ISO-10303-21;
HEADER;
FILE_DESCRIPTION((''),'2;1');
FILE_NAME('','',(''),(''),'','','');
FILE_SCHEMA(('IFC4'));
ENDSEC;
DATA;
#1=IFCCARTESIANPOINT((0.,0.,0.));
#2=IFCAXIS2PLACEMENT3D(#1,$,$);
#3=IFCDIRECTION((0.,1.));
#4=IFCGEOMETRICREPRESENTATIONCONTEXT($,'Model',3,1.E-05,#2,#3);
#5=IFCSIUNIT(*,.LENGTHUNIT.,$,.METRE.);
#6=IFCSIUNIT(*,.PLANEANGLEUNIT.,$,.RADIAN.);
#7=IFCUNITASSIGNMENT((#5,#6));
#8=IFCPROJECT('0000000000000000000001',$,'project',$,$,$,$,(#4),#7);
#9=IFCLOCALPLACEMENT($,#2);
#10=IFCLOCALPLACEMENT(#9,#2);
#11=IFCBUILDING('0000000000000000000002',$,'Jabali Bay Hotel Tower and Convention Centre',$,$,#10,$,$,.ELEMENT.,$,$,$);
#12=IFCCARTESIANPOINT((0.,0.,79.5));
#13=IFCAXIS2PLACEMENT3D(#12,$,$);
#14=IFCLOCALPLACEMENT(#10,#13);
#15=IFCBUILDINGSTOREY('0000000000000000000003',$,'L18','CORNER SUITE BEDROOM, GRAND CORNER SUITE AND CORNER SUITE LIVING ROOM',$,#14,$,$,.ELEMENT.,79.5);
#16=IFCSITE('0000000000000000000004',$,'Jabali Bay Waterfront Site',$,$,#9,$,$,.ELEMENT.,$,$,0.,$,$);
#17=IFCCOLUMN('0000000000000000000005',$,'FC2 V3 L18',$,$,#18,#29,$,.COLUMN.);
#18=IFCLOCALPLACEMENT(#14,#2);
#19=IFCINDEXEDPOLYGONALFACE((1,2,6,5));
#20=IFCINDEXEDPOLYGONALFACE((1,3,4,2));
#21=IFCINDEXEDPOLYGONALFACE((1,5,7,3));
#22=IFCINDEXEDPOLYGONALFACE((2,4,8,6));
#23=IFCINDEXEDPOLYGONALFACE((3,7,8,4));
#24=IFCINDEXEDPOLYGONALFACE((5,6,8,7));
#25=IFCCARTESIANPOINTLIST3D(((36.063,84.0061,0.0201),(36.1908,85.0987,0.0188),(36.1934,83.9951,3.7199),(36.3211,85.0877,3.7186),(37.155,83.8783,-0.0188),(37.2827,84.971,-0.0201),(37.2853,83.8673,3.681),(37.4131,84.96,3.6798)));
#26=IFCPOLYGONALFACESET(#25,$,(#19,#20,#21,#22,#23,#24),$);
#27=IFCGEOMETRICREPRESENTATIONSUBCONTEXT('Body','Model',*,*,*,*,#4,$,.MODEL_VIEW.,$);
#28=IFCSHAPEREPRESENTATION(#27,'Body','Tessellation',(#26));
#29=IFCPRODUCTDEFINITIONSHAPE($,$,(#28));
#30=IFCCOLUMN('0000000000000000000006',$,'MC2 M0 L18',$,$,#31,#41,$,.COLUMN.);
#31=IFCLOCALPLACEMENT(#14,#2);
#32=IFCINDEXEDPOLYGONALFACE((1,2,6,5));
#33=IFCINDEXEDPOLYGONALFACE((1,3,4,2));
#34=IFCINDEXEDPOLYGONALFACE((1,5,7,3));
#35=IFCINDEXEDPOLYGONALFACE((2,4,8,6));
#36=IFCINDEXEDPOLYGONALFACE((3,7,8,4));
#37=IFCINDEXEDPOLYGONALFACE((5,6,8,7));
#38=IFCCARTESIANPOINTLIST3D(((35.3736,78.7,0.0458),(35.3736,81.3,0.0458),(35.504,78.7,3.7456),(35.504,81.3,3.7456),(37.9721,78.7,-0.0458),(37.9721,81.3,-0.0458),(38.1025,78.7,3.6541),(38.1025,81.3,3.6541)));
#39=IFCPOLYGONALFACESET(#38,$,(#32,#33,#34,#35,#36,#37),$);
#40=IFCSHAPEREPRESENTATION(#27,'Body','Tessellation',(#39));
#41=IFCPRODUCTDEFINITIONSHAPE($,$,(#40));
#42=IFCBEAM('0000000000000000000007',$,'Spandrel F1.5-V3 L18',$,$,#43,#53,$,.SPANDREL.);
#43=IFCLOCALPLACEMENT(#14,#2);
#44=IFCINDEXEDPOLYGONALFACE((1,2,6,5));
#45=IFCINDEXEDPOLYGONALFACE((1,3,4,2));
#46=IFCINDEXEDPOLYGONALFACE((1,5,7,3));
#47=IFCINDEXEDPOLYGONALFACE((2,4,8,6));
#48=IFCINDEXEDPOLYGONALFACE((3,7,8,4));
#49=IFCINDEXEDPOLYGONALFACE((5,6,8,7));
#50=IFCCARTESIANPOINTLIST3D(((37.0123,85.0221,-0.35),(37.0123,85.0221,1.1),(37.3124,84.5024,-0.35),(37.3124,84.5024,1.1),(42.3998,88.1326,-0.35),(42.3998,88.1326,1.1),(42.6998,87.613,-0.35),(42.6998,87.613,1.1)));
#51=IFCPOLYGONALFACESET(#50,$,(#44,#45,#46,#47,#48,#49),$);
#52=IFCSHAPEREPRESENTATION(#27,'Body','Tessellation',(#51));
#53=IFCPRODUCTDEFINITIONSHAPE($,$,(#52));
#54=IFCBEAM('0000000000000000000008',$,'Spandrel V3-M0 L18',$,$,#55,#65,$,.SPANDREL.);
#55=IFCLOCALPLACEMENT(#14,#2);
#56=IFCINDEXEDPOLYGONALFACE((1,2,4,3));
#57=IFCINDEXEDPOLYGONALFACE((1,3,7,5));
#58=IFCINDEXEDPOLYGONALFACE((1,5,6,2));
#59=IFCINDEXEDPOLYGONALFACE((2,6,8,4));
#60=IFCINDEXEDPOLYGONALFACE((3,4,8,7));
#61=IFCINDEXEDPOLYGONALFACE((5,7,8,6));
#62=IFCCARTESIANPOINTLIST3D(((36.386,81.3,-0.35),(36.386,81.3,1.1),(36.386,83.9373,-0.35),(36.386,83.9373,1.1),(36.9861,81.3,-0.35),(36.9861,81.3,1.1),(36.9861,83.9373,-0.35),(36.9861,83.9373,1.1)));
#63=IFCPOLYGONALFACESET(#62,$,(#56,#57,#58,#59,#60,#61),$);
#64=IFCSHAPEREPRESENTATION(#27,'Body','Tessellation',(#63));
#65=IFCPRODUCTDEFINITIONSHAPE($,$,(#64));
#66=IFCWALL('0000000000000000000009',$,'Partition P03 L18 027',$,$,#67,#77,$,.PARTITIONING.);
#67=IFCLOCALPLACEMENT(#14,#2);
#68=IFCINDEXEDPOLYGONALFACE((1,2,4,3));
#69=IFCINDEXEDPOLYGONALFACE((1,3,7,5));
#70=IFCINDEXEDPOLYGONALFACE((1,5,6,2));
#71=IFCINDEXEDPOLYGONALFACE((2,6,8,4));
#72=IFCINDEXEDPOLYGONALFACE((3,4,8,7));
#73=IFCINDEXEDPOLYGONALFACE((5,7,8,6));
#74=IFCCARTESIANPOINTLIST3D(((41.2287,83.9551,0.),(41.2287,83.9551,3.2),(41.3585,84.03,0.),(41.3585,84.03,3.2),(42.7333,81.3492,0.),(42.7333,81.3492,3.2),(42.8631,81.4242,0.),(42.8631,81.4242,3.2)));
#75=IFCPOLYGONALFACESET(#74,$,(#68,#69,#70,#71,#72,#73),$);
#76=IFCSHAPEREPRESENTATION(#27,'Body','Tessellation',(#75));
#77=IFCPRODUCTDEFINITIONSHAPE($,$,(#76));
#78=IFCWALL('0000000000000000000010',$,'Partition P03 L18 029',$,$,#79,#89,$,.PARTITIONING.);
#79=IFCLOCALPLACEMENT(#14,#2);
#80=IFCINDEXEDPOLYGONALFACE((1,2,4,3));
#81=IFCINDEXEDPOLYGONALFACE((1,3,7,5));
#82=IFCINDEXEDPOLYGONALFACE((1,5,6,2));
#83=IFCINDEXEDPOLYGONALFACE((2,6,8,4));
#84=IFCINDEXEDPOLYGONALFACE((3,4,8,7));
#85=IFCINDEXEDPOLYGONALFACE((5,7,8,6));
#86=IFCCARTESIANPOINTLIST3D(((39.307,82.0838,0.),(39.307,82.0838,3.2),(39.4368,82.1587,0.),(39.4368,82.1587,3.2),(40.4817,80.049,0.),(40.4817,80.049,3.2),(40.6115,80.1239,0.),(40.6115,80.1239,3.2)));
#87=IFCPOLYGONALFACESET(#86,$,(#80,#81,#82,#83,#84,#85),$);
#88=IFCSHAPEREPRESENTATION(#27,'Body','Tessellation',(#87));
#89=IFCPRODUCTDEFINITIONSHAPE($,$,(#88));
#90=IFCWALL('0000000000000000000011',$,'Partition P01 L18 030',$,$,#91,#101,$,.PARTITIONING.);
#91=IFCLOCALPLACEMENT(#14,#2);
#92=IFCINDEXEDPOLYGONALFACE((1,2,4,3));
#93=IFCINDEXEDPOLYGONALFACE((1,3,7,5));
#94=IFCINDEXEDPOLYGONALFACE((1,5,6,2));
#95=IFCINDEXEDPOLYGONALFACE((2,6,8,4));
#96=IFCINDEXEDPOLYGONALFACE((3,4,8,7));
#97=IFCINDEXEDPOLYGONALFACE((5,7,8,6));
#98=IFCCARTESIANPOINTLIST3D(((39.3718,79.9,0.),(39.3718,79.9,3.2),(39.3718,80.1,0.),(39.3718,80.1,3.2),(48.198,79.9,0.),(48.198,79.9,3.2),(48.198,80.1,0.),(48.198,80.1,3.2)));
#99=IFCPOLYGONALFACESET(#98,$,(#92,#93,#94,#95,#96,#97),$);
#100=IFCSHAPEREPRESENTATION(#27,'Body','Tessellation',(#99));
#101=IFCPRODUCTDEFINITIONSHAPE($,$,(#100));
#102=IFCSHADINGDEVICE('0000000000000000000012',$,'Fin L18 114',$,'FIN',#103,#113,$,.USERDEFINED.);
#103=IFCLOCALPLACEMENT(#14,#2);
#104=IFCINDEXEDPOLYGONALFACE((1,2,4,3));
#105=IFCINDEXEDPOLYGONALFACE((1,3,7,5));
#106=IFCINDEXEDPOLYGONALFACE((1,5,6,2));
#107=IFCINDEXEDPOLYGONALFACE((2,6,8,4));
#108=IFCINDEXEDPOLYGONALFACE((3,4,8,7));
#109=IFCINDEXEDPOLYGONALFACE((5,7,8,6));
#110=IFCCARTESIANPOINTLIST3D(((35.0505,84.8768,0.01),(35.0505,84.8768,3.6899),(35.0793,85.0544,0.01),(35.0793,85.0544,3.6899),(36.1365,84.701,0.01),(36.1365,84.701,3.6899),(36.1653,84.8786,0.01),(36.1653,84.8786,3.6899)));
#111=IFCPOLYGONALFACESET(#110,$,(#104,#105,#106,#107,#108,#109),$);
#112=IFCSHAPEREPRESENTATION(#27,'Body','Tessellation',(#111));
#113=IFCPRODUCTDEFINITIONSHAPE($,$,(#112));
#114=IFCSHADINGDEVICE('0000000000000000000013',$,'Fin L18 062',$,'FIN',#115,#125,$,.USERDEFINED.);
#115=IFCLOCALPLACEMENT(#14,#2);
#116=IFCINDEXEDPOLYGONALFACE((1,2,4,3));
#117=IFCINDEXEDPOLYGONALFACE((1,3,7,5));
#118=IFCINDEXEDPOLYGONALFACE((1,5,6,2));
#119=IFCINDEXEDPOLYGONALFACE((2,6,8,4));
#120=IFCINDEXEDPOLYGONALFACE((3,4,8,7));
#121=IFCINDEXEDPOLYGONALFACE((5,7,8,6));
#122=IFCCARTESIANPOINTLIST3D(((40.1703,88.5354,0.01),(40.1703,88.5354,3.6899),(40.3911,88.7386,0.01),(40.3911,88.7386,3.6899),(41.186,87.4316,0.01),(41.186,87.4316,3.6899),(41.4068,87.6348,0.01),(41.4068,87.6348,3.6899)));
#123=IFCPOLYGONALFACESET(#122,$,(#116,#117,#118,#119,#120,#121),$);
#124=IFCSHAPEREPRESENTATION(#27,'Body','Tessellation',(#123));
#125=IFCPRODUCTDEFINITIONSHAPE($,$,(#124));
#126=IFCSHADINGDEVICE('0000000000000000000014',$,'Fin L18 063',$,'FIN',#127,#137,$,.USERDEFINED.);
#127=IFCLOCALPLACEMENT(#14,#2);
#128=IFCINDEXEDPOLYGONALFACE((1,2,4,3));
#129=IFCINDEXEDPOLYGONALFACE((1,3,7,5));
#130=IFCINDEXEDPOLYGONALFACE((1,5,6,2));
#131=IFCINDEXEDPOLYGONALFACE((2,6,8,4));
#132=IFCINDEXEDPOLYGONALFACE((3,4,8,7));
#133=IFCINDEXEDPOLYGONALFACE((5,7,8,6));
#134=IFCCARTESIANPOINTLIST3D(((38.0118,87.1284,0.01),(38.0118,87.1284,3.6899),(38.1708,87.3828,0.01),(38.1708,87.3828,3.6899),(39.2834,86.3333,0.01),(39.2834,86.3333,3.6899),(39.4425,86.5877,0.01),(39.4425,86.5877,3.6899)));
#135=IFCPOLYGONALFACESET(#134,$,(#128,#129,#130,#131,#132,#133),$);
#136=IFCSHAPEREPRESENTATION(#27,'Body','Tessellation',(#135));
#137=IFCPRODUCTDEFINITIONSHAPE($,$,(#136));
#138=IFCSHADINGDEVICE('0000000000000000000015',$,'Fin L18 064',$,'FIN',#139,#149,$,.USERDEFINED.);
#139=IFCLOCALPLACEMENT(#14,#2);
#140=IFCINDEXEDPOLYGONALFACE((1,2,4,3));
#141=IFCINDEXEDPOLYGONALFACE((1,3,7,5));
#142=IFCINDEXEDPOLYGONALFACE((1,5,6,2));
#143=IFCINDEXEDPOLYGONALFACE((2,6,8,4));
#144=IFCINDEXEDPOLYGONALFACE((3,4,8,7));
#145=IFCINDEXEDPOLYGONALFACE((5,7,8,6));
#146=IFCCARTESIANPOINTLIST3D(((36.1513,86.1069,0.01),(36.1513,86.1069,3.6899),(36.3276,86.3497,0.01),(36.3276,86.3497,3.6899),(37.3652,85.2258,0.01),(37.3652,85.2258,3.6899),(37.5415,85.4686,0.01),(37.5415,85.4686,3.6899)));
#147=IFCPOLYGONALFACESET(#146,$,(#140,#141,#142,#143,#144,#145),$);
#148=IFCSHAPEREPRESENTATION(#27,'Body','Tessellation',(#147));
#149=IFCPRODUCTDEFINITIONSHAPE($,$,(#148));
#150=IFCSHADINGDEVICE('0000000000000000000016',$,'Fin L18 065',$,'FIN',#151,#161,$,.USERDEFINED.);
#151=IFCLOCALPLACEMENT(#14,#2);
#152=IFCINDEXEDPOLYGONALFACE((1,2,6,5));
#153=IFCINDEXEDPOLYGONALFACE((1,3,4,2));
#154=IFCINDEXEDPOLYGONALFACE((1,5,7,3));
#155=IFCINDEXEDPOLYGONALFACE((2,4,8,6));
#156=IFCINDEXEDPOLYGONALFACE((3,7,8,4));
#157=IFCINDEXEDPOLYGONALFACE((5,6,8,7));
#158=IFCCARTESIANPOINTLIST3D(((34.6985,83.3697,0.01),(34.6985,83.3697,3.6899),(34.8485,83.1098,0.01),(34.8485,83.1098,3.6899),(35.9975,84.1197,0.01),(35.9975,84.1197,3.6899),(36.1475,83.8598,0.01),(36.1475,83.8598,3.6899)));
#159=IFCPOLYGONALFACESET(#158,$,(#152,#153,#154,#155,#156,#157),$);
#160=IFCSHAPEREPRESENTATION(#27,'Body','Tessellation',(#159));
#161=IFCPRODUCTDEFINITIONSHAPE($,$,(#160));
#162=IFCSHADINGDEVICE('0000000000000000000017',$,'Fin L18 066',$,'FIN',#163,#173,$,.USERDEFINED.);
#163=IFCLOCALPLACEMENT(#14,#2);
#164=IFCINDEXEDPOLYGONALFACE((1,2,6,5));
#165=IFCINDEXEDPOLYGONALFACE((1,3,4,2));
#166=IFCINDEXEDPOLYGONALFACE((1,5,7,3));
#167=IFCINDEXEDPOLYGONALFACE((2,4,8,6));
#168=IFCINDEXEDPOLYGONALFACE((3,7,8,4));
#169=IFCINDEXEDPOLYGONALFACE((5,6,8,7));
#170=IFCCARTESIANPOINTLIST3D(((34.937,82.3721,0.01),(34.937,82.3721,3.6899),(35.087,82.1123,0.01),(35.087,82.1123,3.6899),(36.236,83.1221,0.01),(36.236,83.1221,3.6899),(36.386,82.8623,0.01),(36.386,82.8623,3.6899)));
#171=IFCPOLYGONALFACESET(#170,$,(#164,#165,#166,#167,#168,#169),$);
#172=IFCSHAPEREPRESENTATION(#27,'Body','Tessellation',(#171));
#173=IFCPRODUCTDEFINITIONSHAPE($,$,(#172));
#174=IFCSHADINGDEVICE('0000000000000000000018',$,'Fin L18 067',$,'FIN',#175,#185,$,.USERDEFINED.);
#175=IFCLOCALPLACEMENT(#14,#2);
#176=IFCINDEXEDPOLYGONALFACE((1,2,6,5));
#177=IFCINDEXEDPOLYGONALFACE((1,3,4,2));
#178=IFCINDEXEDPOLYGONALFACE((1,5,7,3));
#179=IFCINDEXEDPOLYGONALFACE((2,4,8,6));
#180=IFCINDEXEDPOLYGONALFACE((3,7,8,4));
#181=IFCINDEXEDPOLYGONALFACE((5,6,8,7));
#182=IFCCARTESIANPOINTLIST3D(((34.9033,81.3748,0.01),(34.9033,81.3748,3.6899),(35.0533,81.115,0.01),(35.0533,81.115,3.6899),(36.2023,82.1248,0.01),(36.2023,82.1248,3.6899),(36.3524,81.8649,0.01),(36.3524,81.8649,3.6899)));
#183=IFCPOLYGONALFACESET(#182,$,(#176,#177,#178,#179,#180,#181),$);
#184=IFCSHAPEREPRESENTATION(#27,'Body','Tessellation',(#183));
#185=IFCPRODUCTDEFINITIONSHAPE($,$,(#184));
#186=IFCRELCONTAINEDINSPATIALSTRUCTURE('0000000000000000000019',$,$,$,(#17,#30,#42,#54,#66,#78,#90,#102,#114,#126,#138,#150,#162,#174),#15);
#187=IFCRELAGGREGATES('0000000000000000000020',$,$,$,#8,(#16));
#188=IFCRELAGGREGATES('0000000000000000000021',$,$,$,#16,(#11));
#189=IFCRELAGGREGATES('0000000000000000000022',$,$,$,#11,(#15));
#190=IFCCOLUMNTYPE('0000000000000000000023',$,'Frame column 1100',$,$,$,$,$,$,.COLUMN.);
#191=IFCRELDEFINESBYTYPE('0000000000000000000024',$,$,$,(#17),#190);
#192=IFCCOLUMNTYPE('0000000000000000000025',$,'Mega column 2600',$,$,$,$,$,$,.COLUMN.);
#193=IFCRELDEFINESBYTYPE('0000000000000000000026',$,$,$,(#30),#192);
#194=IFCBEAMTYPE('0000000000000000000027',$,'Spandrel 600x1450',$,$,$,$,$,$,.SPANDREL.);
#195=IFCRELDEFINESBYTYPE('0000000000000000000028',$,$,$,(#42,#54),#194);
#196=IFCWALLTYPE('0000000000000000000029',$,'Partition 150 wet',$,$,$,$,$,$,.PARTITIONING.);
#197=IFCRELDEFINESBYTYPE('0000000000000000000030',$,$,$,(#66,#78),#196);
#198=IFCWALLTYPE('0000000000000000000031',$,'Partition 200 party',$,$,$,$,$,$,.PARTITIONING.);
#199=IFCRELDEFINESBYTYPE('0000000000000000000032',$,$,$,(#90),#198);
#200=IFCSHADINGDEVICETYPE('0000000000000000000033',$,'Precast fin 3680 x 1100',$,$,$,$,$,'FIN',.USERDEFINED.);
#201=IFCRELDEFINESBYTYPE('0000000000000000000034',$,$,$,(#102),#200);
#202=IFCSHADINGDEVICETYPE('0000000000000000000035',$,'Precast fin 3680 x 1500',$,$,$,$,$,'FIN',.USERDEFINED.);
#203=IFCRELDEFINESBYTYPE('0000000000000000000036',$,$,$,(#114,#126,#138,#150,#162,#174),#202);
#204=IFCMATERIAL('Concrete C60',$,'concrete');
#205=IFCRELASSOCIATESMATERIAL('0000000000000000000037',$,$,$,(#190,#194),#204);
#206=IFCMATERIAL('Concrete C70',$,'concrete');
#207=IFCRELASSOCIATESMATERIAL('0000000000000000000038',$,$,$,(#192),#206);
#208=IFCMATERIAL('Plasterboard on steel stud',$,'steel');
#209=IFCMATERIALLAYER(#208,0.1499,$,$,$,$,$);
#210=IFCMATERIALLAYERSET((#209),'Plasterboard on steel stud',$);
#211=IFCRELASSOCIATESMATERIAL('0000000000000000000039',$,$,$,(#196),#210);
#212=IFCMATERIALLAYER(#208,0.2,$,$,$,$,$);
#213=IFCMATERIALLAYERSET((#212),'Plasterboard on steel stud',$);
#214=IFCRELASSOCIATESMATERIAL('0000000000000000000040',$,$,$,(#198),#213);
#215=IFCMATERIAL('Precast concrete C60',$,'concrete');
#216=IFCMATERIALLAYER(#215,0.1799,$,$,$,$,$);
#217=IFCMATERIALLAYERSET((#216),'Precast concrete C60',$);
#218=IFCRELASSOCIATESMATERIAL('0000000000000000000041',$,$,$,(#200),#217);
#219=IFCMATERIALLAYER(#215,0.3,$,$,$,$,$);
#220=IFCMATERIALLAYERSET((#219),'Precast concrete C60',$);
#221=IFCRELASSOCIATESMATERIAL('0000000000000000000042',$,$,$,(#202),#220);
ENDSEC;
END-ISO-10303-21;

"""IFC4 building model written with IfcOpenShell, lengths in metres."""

from ifc_helpers import new_model, si_unit, direction, frame, frame_2d, origin, origin_2d, place, context, subcontext, project, spatial, rectangle, extrude, material, layer, layer_set, material_profile, profile_set, type_object, element, save


model = new_model("IFC4")

# Units and contexts
model_context = context("Model", 3, precision=1e-05, world=origin(), true_north=direction((0.0, 1.0)))
body_context = subcontext(model_context, "Body", "Model", "MODEL_VIEW")
ifc_project = project(units=[si_unit("LENGTHUNIT", "METRE"), si_unit("PLANEANGLEUNIT", "RADIAN")], contexts=[model_context])

# Site, building, storey
site_placement = place(None, origin())
site = spatial("IfcSite", under=ifc_project, at=site_placement, Name="Jabali Bay Waterfront Site", CompositionType="ELEMENT", RefElevation=0.0)
building_placement = place(site_placement, origin())
building = spatial("IfcBuilding", under=site, at=building_placement, Name="Jabali Bay Hotel Tower and Convention Centre", CompositionType="ELEMENT")
storey_placement = place(building_placement, frame((0.0, 0.0, 79.5)))
storey = spatial("IfcBuildingStorey", under=building, at=storey_placement, Name="L18", Description="CORNER SUITE BEDROOM, GRAND CORNER SUITE AND CORNER SUITE LIVING ROOM", CompositionType="ELEMENT", Elevation=79.5)

# Columns
ifc_material_1 = material(Name="Concrete C60", Category="concrete")
ifc_material_profile_1 = material_profile(ifc_material_1, rectangle(XDim=1.1001, YDim=1.1001, at=origin_2d()), Name="Frame column 1100")
ifc_profile_set_1 = profile_set([ifc_material_profile_1], Name="Concrete C60")
column_type_1 = type_object("IfcColumnType", Name="Frame column 1100", PredefinedType="COLUMN", material=ifc_profile_set_1)
column_1_placement = place(storey_placement, frame((36.6729, 84.4885, 0.0), z_axis=(0.035214, -0.002967, 0.999375), x_axis=(-0.992609, 0.116106, 0.03532)))
element("IfcColumn", 1, at=column_1_placement, inside=storey, type_object=column_type_1, Name="FC2 V3 L18", PredefinedType="COLUMN", context=body_context, shape_type="SweptSolid", body=[
    extrude(rectangle(XDim=1.1001, YDim=1.1001, at=origin_2d()), origin(), (0.0, 0.0, 1.0), 3.7021),
])
ifc_material_2 = material(Name="Concrete C70", Category="concrete")
ifc_material_profile_2 = material_profile(ifc_material_2, rectangle(XDim=2.6001, YDim=2.6001, at=origin_2d()), Name="Mega column 2600")
ifc_profile_set_2 = profile_set([ifc_material_profile_2], Name="Concrete C70")
column_type_2 = type_object("IfcColumnType", Name="Mega column 2600", PredefinedType="COLUMN", material=ifc_profile_set_2)
column_2_placement = place(storey_placement, frame((36.6729, 80.0, 0.0), z_axis=(0.035214, 0.0, 0.99938), x_axis=(0.0, 1.0, 0.0)))
element("IfcColumn", 2, at=column_2_placement, inside=storey, type_object=column_type_2, Name="MC2 M0 L18", PredefinedType="COLUMN", context=body_context, shape_type="SweptSolid", body=[
    extrude(rectangle(XDim=2.6001, YDim=2.6001, at=origin_2d()), origin(), (0.0, 0.0, 1.0), 3.7021),
])

# Beams
ifc_material_profile_3 = material_profile(ifc_material_1, rectangle(XDim=0.6001, YDim=1.45, at=origin_2d()), Name="Spandrel 600x1450")
ifc_profile_set_3 = profile_set([ifc_material_profile_3], Name="Concrete C60")
beam_type = type_object("IfcBeamType", Name="Spandrel 600x1450", PredefinedType="SPANDREL", material=ifc_profile_set_3)
beam_1_placement = place(storey_placement, frame((42.5498, 87.8728, 0.375), z_axis=(-0.866015, -0.500018, 0.0), x_axis=(0.500018, -0.866015, 0.0)))
element("IfcBeam", 3, at=beam_1_placement, inside=storey, type_object=beam_type, Name="Spandrel F1.5-V3 L18", PredefinedType="SPANDREL", context=body_context, shape_type="SweptSolid", body=[
    extrude(rectangle(XDim=0.6001, YDim=1.45, at=origin_2d()), origin(), (0.0, 0.0, 1.0), 6.2209),
])
beam_2_placement = place(storey_placement, frame((36.686, 83.9373, 0.375), z_axis=(0.0, -1.0, 0.0), x_axis=(1.0, 0.0, 0.0)))
element("IfcBeam", 4, at=beam_2_placement, inside=storey, type_object=beam_type, Name="Spandrel V3-M0 L18", PredefinedType="SPANDREL", context=body_context, shape_type="SweptSolid", body=[
    extrude(rectangle(XDim=0.6001, YDim=1.45, at=origin_2d()), origin(), (0.0, 0.0, 1.0), 2.6372),
])

# Walls
ifc_material_3 = material(Name="Plasterboard on steel stud", Category="steel")
ifc_layer_1 = layer(ifc_material_3, 0.1499)
ifc_layer_set_1 = layer_set([ifc_layer_1], Name="Plasterboard on steel stud")
wall_type_1 = type_object("IfcWallType", Name="Partition 150 wet", PredefinedType="PARTITIONING", material=ifc_layer_set_1)
wall_1_placement = place(storey_placement, frame((41.2937, 83.9924, 0.0), z_axis=(0.0, 0.0, 1.0), x_axis=(0.500022, -0.866013, 0.0)))
element("IfcWall", 5, at=wall_1_placement, inside=storey, type_object=wall_type_1, Name="Partition P03 L18 027", PredefinedType="PARTITIONING", context=body_context, shape_type="SweptSolid", body=[
    extrude(rectangle(XDim=3.009, YDim=0.1499, at=frame_2d((1.5044, 0.0))), origin(), (0.0, 0.0, 1.0), 3.2),
])
wall_2_placement = place(storey_placement, frame((40.5466, 80.0864, 0.0), z_axis=(0.0, 0.0, 1.0), x_axis=(-0.499983, 0.866035, 0.0)))
element("IfcWall", 6, at=wall_2_placement, inside=storey, type_object=wall_type_1, Name="Partition P03 L18 029", PredefinedType="PARTITIONING", context=body_context, shape_type="SweptSolid", body=[
    extrude(rectangle(XDim=2.3496, YDim=0.1499, at=frame_2d((1.1748, 0.0))), origin(), (0.0, 0.0, 1.0), 3.2),
])
ifc_layer_2 = layer(ifc_material_3, 0.2)
ifc_layer_set_2 = layer_set([ifc_layer_2], Name="Plasterboard on steel stud")
wall_type_2 = type_object("IfcWallType", Name="Partition 200 party", PredefinedType="PARTITIONING", material=ifc_layer_set_2)
wall_3_placement = place(storey_placement, frame((39.3718, 80.0, 0.0), z_axis=(0.0, 0.0, 1.0), x_axis=(1.0, 0.0, 0.0)))
element("IfcWall", 7, at=wall_3_placement, inside=storey, type_object=wall_type_2, Name="Partition P01 L18 030", PredefinedType="PARTITIONING", context=body_context, shape_type="SweptSolid", body=[
    extrude(rectangle(XDim=8.8262, YDim=0.2, at=frame_2d((4.4131, 0.0))), origin(), (0.0, 0.0, 1.0), 3.2),
])

# Shading devices
ifc_material_4 = material(Name="Precast concrete C60", Category="concrete")
ifc_layer_3 = layer(ifc_material_4, 0.1799)
ifc_layer_set_3 = layer_set([ifc_layer_3], Name="Precast concrete C60")
shading_device_type_1 = type_object("IfcShadingDeviceType", Name="Precast fin 3680 x 1100", ElementType="FIN", PredefinedType="USERDEFINED", material=ifc_layer_set_3)
shading_device_1_placement = place(storey_placement, frame((36.1509, 84.7898, 0.01), z_axis=(0.0, 0.0, 1.0), x_axis=(-0.987151, 0.159791, 0.0)))
element("IfcShadingDevice", 8, at=shading_device_1_placement, inside=storey, type_object=shading_device_type_1, Name="Fin L18 114", ObjectType="FIN", PredefinedType="USERDEFINED", context=body_context, shape_type="SweptSolid", body=[
    extrude(rectangle(XDim=1.1001, YDim=0.1799, at=frame_2d((0.55, 0.0))), origin(), (0.0, 0.0, 1.0), 3.6799),
])
ifc_layer_4 = layer(ifc_material_4, 0.3)
ifc_layer_set_4 = layer_set([ifc_layer_4], Name="Precast concrete C60")
shading_device_type_2 = type_object("IfcShadingDeviceType", Name="Precast fin 3680 x 1500", ElementType="FIN", PredefinedType="USERDEFINED", material=ifc_layer_set_4)
shading_device_2_placement = place(storey_placement, frame((41.2964, 87.5332, 0.01), z_axis=(0.0, 0.0, 1.0), x_axis=(-0.677116, 0.735876, 0.0)))
element("IfcShadingDevice", 9, at=shading_device_2_placement, inside=storey, type_object=shading_device_type_2, Name="Fin L18 062", ObjectType="FIN", PredefinedType="USERDEFINED", context=body_context, shape_type="SweptSolid", body=[
    extrude(rectangle(XDim=1.5, YDim=0.3, at=frame_2d((0.75, 0.0))), origin(), (0.0, 0.0, 1.0), 3.6799),
])
shading_device_3_placement = place(storey_placement, frame((39.363, 86.4604, 0.01), z_axis=(0.0, 0.0, 1.0), x_axis=(-0.847898, 0.53016, 0.0)))
element("IfcShadingDevice", 10, at=shading_device_3_placement, inside=storey, type_object=shading_device_type_2, Name="Fin L18 063", ObjectType="FIN", PredefinedType="USERDEFINED", context=body_context, shape_type="SweptSolid", body=[
    extrude(rectangle(XDim=1.4998, YDim=0.3, at=frame_2d((0.75, 0.0))), origin(), (0.0, 0.0, 1.0), 3.6799),
])
for number, where, z_axis, x_axis, name in (
    (11, (37.4534, 85.3472, 0.01), (0.0, 0.0, 1.0), (-0.809278, 0.587426, 0.0), "Fin L18 064"),
    (12, (36.0725, 83.9897, 0.01), (0.0, 0.0, 1.0), (-0.866031, -0.49999, 0.0), "Fin L18 065"),
    (13, (36.311, 82.9922, 0.01), (0.0, 0.0, 1.0), (-0.866031, -0.49999, 0.0), "Fin L18 066"),
    (14, (36.2773, 81.9949, 0.01), (0.0, 0.0, 1.0), (-0.866031, -0.49999, 0.0), "Fin L18 067"),
):
    element("IfcShadingDevice", number, at=place(storey_placement, frame(where, z_axis=z_axis, x_axis=x_axis)), inside=storey, type_object=shading_device_type_2, Name=name, ObjectType="FIN", PredefinedType="USERDEFINED", context=body_context, shape_type="SweptSolid", body=[
        extrude(rectangle(XDim=1.5, YDim=0.3, at=frame_2d((0.75, 0.0))), origin(), (0.0, 0.0, 1.0), 3.6799),
    ])

save(model, "model.ifc")
